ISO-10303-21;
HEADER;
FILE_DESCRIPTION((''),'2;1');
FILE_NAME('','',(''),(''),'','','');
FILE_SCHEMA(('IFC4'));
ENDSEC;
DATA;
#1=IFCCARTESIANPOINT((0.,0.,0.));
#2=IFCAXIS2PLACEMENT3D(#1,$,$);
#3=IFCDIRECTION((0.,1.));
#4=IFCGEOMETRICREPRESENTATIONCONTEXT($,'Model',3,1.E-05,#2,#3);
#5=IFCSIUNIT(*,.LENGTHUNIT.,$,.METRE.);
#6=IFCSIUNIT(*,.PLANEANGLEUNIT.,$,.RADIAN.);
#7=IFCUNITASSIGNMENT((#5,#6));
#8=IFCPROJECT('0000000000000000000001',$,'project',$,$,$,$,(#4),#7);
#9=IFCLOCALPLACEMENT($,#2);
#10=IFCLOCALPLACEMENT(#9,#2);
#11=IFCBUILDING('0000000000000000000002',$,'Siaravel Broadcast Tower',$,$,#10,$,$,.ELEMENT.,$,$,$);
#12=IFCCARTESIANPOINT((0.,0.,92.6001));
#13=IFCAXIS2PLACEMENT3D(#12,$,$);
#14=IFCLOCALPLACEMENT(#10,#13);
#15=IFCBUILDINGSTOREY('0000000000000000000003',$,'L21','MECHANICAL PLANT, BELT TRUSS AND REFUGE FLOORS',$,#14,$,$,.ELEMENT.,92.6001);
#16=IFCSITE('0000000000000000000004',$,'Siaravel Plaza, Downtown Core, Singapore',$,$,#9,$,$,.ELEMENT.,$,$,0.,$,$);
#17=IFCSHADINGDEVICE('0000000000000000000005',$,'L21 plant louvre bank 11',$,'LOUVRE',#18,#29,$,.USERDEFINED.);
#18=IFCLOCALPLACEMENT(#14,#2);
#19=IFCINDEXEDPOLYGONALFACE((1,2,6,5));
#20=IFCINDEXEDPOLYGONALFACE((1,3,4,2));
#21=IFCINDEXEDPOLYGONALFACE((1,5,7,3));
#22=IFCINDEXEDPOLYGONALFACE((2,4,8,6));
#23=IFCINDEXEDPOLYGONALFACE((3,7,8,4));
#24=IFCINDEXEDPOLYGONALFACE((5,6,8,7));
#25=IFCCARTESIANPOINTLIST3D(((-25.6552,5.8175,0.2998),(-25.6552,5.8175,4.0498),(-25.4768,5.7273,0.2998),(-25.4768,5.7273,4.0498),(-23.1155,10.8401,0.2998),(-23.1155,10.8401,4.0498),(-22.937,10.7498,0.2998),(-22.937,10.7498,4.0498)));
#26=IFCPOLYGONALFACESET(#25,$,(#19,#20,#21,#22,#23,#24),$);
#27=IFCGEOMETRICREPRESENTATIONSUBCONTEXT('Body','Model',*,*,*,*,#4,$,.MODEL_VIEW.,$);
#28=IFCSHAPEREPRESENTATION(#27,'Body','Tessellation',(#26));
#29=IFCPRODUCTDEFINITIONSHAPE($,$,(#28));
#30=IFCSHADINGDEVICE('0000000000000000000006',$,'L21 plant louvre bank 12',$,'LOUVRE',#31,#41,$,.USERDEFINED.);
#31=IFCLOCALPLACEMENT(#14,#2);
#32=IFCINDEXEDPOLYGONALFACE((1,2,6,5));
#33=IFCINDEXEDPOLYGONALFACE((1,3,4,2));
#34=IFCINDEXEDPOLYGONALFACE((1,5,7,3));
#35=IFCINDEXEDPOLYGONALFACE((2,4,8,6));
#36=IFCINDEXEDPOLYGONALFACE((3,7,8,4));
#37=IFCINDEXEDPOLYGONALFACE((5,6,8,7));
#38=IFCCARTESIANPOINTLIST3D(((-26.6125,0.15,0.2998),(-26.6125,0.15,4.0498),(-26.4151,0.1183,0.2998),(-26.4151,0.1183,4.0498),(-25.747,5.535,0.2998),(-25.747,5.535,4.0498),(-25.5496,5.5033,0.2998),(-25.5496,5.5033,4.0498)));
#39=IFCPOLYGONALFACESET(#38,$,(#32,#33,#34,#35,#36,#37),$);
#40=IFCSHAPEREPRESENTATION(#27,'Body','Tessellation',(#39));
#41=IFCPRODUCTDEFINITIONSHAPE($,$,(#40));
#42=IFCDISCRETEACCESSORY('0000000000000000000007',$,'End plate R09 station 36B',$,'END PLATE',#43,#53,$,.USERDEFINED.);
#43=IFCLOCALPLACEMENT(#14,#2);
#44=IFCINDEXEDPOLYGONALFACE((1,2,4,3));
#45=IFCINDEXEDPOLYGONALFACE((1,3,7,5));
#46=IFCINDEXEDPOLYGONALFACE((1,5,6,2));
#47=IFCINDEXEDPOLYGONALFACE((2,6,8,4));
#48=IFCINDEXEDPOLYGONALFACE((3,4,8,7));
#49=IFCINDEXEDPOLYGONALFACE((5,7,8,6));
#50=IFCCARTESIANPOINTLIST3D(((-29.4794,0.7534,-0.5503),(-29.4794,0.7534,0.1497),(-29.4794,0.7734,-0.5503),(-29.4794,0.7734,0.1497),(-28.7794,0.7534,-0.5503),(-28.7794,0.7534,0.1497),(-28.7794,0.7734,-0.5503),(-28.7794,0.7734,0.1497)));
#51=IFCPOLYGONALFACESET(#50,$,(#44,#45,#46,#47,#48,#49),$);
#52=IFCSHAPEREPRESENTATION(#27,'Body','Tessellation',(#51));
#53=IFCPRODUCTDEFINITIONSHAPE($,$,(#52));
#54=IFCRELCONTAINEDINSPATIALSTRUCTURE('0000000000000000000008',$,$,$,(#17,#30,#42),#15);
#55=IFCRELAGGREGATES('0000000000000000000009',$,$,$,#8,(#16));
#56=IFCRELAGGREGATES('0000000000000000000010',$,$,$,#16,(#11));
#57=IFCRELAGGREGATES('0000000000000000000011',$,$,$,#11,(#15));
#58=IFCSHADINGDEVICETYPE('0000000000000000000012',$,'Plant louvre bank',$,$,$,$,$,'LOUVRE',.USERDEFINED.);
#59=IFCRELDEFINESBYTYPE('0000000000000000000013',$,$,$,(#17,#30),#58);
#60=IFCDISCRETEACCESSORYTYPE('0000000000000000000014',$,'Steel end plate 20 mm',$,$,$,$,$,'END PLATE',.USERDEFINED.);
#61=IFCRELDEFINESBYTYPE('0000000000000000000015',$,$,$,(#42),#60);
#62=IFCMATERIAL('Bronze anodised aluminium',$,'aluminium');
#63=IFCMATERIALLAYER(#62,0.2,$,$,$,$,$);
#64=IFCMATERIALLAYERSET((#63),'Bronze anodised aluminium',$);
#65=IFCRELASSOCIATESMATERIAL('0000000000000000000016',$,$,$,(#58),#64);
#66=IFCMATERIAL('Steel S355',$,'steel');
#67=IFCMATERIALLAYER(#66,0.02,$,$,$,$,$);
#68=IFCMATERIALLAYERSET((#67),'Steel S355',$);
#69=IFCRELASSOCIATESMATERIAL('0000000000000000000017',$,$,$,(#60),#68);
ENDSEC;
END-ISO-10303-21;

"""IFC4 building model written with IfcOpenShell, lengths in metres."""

from ifc_helpers import new_model, si_unit, direction, frame, origin, origin_2d, place, context, subcontext, project, spatial, rectangle, extrude, material, layer, layer_set, type_object, element, save


model = new_model("IFC4")

# Units and contexts
model_context = context("Model", 3, precision=1e-05, world=origin(), true_north=direction((0.0, 1.0)))
body_context = subcontext(model_context, "Body", "Model", "MODEL_VIEW")
ifc_project = project(units=[si_unit("LENGTHUNIT", "METRE"), si_unit("PLANEANGLEUNIT", "RADIAN")], contexts=[model_context])

# Site, building, storey
site_placement = place(None, origin())
site = spatial("IfcSite", under=ifc_project, at=site_placement, Name="Siaravel Plaza, Downtown Core, Singapore", CompositionType="ELEMENT", RefElevation=0.0)
building_placement = place(site_placement, origin())
building = spatial("IfcBuilding", under=site, at=building_placement, Name="Siaravel Broadcast Tower", CompositionType="ELEMENT")
storey_placement = place(building_placement, frame((0.0, 0.0, 92.6001)))
storey = spatial("IfcBuildingStorey", under=building, at=storey_placement, Name="L21", Description="MECHANICAL PLANT, BELT TRUSS AND REFUGE FLOORS", CompositionType="ELEMENT", Elevation=92.6001)

# Shared definitions
ifc_material_1 = material(Name="Steel S355", Category="steel")

# Shading devices
ifc_material_2 = material(Name="Bronze anodised aluminium", Category="aluminium")
ifc_layer_1 = layer(ifc_material_2, 0.2)
ifc_layer_set_1 = layer_set([ifc_layer_1], Name="Bronze anodised aluminium")
shading_device_type = type_object("IfcShadingDeviceType", Name="Plant louvre bank", ElementType="LOUVRE", PredefinedType="USERDEFINED", material=ifc_layer_set_1)
shading_device_1_placement = place(storey_placement, frame((-24.2961, 8.2837, 0.2998), z_axis=(0.0, 0.0, 1.0), x_axis=(-0.451261, -0.892392, 0.0)))
element("IfcShadingDevice", 1, at=shading_device_1_placement, inside=storey, type_object=shading_device_type, Name="L21 plant louvre bank 11", ObjectType="LOUVRE", PredefinedType="USERDEFINED", context=body_context, shape_type="SweptSolid", body=[
    extrude(rectangle(XDim=5.6282, YDim=0.2, at=origin_2d()), origin(), (0.0, 0.0, 1.0), 3.75),
])
shading_device_2_placement = place(storey_placement, frame((-26.0811, 2.8267, 0.2998), z_axis=(0.0, 0.0, 1.0), x_axis=(-0.158685, -0.987329, 0.0)))
element("IfcShadingDevice", 2, at=shading_device_2_placement, inside=storey, type_object=shading_device_type, Name="L21 plant louvre bank 12", ObjectType="LOUVRE", PredefinedType="USERDEFINED", context=body_context, shape_type="SweptSolid", body=[
    extrude(rectangle(XDim=5.4541, YDim=0.2, at=origin_2d()), origin(), (0.0, 0.0, 1.0), 3.75),
])

# Discrete accessory
ifc_layer_2 = layer(ifc_material_1, 0.02)
ifc_layer_set_2 = layer_set([ifc_layer_2], Name="Steel S355")
discrete_accessory_type = type_object("IfcDiscreteAccessoryType", Name="Steel end plate 20 mm", ElementType="END PLATE", PredefinedType="USERDEFINED", material=ifc_layer_set_2)
discrete_accessory_placement = place(storey_placement, frame((-29.1294, 0.7634, -0.5503), z_axis=(0.0, 0.0, 1.0), x_axis=(0.0, -1.0, 0.0)))
element("IfcDiscreteAccessory", 3, at=discrete_accessory_placement, inside=storey, type_object=discrete_accessory_type, Name="End plate R09 station 36B", ObjectType="END PLATE", PredefinedType="USERDEFINED", context=body_context, shape_type="SweptSolid", body=[
    extrude(rectangle(XDim=0.02, YDim=0.7, at=origin_2d()), origin(), (0.0, 0.0, 1.0), 0.7),
])

save(model, "model.ifc")
